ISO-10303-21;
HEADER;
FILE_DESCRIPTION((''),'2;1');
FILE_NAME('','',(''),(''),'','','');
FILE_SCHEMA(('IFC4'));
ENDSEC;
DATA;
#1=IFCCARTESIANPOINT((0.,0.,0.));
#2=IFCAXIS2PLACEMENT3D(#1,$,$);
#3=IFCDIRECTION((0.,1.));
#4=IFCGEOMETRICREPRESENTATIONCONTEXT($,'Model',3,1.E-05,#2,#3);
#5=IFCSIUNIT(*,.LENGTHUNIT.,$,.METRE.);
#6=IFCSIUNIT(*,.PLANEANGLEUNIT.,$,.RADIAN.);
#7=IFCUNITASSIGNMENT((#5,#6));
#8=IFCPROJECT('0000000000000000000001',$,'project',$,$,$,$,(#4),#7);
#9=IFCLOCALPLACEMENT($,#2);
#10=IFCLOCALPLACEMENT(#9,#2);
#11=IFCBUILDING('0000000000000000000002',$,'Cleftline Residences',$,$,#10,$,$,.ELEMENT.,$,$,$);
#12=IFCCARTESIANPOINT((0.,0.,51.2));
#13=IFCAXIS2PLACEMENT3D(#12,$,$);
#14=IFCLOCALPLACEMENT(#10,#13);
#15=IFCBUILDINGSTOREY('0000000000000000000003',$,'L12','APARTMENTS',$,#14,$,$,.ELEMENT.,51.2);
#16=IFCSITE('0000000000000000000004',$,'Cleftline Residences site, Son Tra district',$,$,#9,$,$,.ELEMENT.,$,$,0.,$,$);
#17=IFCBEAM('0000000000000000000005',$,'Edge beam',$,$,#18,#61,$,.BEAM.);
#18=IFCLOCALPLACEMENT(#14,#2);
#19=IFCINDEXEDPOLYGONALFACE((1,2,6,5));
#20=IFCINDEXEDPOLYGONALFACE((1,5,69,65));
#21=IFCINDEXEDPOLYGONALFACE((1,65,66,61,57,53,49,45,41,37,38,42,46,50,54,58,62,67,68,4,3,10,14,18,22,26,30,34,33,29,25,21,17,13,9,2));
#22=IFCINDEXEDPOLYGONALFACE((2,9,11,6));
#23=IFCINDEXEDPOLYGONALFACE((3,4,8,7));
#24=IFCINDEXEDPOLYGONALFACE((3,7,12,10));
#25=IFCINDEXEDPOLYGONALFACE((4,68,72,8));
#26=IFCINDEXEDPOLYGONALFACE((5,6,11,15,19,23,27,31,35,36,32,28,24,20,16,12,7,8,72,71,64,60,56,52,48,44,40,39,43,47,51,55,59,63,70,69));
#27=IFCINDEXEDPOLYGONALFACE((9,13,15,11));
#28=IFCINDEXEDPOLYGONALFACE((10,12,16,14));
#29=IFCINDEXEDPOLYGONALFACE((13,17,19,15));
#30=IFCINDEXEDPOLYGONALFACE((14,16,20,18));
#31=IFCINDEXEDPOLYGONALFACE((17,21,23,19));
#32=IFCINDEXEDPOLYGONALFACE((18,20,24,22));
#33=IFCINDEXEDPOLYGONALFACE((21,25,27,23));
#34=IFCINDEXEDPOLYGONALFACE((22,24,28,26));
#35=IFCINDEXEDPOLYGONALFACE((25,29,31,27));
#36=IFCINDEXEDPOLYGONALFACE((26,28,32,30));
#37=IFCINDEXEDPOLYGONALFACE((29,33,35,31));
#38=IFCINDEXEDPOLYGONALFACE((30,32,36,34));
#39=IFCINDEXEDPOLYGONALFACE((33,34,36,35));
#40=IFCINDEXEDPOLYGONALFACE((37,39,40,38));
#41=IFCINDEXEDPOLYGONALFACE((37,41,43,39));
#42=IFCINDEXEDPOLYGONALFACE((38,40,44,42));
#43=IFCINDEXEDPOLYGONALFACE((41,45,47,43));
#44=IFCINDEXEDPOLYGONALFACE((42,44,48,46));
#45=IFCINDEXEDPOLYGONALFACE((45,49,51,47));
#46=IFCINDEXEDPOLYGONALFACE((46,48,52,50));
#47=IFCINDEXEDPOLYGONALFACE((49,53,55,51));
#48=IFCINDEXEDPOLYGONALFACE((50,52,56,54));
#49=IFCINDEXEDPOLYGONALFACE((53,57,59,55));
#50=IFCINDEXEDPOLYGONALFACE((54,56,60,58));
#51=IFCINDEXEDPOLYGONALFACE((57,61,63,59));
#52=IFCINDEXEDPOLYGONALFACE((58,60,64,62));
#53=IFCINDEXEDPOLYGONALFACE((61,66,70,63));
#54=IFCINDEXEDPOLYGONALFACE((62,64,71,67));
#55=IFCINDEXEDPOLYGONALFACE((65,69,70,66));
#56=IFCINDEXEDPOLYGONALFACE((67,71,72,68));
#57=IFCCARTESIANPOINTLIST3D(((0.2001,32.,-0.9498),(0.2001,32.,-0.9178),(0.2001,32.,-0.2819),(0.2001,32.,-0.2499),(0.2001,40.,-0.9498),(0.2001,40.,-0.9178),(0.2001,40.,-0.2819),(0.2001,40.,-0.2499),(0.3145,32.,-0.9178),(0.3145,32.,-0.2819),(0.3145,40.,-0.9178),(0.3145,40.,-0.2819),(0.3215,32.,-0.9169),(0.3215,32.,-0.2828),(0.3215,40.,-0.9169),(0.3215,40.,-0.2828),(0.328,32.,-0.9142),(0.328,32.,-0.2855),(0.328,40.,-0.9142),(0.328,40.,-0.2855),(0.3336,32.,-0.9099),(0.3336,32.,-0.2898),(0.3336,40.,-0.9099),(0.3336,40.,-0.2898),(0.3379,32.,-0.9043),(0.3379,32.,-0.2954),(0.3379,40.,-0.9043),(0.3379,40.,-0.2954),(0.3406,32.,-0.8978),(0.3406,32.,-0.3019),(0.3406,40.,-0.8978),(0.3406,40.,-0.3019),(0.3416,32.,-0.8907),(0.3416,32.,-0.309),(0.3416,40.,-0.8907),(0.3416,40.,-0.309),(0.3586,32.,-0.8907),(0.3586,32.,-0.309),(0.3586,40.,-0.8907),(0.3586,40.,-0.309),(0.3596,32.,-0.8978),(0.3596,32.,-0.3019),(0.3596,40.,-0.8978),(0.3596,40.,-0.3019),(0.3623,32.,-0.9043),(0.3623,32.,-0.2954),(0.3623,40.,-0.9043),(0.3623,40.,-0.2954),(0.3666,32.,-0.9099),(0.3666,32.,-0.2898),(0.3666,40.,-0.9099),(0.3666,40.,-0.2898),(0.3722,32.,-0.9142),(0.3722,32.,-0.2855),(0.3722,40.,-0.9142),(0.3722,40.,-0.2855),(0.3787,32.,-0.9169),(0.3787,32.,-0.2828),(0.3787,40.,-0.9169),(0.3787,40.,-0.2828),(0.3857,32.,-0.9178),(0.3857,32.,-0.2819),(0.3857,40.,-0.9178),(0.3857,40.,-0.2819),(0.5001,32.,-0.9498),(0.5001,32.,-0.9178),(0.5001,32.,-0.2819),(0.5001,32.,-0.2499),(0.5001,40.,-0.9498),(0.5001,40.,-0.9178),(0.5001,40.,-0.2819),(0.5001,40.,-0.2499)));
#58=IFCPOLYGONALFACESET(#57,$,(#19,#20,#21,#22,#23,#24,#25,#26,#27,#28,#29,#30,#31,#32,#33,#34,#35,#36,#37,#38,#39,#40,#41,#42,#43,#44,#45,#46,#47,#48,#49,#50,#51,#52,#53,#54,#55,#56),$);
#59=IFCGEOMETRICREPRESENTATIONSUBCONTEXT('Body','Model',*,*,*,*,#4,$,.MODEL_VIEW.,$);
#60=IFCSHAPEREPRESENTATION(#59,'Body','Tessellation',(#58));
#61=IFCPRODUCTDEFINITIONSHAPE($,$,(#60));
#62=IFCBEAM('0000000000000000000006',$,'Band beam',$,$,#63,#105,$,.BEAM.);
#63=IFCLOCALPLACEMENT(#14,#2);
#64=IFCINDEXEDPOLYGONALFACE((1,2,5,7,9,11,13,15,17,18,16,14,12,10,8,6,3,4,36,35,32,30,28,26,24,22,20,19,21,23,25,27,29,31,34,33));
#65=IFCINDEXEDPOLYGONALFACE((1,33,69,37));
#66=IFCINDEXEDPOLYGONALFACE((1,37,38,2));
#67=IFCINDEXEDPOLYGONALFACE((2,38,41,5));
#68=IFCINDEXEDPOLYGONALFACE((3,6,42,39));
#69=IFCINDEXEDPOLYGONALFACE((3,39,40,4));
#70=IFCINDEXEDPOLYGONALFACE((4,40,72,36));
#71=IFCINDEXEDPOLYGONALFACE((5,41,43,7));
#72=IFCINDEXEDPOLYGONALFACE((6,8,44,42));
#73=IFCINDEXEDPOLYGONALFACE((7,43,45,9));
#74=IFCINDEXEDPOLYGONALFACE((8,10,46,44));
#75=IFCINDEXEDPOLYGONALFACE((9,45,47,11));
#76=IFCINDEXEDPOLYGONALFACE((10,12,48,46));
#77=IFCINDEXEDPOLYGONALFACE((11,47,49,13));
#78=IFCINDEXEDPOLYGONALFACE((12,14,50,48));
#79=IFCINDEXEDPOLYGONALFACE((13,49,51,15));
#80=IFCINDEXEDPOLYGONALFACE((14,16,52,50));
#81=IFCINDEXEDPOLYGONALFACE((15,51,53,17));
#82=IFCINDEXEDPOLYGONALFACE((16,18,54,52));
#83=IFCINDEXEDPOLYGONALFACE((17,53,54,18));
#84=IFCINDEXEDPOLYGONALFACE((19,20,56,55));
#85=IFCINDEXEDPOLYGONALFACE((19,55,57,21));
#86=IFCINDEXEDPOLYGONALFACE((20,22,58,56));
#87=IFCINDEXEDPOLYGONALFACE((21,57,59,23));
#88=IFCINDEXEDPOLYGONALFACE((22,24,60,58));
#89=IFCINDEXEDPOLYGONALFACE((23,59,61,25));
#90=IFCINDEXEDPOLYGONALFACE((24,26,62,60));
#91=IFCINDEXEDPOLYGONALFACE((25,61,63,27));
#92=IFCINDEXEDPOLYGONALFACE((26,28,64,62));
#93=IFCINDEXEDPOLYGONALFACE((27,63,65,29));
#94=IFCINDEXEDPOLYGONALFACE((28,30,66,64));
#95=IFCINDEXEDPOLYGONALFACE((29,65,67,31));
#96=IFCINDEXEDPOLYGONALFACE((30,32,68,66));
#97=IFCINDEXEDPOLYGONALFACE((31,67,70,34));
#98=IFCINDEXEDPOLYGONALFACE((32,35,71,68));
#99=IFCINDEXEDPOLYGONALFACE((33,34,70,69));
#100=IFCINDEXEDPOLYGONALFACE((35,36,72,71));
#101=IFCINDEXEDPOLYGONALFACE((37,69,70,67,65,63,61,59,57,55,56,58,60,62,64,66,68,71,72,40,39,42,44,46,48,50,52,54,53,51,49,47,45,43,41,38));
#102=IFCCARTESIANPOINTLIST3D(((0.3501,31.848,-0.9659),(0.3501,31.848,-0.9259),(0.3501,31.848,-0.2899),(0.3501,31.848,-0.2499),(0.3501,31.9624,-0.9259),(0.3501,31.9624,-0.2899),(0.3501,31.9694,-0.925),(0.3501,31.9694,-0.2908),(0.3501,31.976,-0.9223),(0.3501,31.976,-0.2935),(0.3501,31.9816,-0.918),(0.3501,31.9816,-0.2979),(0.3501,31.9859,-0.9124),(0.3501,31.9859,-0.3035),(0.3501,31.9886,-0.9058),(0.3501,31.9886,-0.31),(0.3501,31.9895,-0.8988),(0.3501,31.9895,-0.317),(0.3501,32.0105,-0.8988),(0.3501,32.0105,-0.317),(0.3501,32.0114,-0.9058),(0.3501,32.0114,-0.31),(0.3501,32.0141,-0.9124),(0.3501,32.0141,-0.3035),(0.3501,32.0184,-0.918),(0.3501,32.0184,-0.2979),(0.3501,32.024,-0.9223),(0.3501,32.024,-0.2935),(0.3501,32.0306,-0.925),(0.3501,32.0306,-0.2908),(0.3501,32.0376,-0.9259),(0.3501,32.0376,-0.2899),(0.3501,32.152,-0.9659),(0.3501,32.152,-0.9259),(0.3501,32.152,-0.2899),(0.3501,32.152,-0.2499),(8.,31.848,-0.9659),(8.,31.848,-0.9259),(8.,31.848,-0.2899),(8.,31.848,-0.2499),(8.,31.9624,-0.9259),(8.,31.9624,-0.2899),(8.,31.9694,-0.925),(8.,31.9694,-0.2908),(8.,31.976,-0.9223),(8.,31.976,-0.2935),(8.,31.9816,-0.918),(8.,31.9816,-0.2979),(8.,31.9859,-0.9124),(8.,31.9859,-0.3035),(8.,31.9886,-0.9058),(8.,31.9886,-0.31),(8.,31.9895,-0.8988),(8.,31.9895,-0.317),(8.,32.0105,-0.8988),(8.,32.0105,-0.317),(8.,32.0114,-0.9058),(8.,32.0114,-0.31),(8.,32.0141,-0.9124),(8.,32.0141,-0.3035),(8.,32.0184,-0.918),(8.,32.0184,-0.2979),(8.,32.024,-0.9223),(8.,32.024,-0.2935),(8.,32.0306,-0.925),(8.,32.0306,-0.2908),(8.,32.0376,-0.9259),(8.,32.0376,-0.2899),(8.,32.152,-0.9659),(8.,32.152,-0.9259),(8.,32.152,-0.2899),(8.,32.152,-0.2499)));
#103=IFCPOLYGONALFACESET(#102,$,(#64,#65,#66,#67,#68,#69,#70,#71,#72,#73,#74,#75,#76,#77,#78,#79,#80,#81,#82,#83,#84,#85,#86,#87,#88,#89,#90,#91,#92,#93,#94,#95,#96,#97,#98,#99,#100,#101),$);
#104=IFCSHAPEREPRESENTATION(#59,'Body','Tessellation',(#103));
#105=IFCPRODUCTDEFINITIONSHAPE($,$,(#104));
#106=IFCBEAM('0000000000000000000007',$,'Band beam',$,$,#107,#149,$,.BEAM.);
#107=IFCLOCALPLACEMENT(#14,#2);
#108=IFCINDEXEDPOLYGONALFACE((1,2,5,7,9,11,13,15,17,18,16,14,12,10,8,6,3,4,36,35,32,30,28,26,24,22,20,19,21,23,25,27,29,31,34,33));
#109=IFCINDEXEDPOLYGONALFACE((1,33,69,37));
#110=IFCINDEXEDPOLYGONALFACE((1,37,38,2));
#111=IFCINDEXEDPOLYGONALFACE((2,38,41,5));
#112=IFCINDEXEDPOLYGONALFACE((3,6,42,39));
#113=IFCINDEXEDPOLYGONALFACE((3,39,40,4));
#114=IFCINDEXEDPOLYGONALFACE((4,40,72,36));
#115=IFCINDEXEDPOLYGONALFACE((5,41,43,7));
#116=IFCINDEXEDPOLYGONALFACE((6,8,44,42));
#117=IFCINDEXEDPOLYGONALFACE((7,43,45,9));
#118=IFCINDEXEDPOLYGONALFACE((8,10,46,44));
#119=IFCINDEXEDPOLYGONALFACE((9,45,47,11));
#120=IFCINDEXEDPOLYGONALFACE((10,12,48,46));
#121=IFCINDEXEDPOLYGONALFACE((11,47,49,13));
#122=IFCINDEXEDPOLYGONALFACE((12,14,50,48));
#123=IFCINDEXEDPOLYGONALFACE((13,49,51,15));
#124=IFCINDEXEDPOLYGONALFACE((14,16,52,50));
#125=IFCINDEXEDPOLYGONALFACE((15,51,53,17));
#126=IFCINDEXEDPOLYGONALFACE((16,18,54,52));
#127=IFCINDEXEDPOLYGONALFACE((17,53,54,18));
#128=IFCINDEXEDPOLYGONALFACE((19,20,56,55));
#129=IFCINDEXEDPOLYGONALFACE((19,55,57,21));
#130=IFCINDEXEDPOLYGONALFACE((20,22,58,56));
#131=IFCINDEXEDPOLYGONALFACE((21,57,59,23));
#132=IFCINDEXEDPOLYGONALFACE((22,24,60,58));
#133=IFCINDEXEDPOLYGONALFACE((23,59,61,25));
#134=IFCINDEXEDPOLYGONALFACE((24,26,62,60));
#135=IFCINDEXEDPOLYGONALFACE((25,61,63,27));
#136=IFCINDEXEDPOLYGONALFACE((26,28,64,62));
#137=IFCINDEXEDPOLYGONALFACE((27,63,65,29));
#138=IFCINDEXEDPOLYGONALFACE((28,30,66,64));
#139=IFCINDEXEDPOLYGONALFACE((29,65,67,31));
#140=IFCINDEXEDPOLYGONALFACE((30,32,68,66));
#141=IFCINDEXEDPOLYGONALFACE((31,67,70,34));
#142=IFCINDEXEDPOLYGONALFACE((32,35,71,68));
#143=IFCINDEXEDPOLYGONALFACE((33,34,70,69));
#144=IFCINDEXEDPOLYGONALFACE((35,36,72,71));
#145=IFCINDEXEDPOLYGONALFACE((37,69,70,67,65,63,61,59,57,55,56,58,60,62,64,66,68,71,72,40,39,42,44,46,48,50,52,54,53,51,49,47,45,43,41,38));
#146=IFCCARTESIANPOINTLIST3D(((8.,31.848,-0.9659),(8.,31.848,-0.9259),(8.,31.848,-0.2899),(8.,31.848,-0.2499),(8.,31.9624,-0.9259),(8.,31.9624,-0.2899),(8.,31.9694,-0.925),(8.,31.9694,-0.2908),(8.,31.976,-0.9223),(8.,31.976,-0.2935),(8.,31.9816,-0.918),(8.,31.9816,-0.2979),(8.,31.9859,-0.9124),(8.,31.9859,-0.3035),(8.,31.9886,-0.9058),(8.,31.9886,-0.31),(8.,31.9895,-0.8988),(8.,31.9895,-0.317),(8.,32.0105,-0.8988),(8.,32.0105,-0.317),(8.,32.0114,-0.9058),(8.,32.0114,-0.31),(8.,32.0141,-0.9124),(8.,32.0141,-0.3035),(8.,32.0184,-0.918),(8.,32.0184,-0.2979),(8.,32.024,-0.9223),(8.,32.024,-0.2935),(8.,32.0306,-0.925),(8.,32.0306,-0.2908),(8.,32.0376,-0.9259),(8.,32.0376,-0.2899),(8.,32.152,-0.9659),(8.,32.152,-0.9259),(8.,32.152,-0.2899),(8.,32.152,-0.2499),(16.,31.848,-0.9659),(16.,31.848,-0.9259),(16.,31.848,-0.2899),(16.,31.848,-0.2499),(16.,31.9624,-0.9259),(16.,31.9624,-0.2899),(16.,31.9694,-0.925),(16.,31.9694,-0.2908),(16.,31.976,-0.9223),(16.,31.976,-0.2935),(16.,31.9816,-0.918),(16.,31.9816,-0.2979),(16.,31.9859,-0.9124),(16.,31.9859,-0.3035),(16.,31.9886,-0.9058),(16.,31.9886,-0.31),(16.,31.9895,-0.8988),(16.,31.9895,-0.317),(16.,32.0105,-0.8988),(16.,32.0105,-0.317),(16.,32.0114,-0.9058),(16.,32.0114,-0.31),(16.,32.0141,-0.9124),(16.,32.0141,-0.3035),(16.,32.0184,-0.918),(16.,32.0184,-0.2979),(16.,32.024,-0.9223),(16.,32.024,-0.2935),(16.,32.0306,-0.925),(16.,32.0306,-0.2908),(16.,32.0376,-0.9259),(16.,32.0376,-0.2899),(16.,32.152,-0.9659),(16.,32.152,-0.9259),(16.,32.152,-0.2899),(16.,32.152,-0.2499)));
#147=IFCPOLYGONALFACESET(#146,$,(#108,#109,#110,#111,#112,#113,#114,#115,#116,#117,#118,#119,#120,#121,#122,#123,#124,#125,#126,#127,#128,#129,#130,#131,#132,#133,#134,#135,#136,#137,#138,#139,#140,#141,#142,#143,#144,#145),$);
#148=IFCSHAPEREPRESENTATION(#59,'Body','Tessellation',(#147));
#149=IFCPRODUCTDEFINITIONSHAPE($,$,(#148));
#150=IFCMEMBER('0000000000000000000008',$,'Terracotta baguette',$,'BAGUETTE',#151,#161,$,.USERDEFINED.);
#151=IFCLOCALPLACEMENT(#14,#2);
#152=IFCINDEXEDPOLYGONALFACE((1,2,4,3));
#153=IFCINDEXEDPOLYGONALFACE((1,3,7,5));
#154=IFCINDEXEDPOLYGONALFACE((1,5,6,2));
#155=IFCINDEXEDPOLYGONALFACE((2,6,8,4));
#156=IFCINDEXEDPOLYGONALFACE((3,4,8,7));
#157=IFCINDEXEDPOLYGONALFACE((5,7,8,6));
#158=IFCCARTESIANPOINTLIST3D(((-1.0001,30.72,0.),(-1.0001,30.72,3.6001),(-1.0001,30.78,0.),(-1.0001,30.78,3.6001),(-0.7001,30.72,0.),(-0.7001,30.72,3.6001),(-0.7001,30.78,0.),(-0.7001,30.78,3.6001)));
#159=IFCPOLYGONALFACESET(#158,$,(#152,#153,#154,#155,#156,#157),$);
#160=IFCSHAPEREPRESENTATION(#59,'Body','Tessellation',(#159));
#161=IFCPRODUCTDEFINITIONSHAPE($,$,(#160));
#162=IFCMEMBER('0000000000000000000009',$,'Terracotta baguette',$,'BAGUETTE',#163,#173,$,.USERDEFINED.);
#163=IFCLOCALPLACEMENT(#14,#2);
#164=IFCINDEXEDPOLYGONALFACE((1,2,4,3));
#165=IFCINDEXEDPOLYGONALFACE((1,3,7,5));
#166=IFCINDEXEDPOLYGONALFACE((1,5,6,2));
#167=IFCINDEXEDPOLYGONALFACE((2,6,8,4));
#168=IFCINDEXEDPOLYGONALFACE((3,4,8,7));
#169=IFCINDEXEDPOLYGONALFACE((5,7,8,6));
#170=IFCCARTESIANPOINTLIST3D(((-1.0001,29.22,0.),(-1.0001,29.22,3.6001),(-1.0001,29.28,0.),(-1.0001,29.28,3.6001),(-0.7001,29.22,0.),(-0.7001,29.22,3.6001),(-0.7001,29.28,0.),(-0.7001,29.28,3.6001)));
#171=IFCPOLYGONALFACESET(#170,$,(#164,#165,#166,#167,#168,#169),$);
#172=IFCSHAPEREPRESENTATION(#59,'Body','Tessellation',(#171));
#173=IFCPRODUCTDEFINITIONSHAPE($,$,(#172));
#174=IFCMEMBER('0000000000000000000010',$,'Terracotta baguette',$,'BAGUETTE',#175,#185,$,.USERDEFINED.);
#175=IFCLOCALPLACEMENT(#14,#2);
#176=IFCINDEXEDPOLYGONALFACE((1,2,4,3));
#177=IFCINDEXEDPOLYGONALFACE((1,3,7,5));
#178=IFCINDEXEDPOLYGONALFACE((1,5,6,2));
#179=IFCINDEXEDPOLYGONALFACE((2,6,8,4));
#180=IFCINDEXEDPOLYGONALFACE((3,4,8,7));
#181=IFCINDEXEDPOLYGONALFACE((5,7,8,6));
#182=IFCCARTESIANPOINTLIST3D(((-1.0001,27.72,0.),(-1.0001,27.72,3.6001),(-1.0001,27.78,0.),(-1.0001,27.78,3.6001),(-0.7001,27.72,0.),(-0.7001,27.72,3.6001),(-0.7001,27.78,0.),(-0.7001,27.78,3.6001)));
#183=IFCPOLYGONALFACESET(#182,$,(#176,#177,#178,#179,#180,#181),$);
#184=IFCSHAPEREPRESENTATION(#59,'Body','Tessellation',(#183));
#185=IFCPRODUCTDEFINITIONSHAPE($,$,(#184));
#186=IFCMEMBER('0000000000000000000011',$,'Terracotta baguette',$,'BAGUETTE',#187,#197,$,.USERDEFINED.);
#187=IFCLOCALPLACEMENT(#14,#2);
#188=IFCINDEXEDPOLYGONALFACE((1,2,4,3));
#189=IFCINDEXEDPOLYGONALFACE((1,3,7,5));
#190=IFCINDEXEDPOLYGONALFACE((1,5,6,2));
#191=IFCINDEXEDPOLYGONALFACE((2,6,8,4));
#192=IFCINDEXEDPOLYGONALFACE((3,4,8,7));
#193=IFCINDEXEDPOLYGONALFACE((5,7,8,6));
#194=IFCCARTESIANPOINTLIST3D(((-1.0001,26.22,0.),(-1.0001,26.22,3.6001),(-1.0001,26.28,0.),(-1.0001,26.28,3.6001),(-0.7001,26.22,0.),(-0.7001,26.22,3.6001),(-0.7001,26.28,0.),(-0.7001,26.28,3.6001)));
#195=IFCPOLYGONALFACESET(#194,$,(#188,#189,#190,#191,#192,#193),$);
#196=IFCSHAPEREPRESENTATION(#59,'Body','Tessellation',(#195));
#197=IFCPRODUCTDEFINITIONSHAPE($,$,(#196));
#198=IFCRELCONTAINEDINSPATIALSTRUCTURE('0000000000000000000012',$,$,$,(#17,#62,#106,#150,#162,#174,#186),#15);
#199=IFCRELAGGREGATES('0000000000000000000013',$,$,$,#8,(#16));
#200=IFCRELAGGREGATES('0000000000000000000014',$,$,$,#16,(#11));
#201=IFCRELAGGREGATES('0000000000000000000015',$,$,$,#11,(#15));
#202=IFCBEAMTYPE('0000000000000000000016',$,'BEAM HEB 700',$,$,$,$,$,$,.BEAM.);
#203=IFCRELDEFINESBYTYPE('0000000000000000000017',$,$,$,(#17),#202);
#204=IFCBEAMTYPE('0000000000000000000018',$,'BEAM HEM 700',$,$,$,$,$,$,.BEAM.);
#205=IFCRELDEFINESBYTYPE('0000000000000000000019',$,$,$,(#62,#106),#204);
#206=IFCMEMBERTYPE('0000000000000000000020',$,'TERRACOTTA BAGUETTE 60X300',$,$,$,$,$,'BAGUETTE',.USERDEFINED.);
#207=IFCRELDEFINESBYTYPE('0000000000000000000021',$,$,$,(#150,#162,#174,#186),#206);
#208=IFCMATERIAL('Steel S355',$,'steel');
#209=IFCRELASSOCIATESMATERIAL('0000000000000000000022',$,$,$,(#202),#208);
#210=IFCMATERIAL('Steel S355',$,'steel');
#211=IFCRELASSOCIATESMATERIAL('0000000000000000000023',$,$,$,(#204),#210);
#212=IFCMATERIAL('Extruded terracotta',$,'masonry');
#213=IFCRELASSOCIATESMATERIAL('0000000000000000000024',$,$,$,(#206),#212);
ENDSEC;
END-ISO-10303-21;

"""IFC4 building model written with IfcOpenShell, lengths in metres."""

from ifc_helpers import new_model, si_unit, direction, frame, origin, origin_2d, place, context, subcontext, project, spatial, rectangle, i_section, extrude, material, material_profile, profile_set, type_object, element, save


model = new_model("IFC4")

# Units and contexts
model_context = context("Model", 3, precision=1e-05, world=origin(), true_north=direction((0.0, 1.0)))
body_context = subcontext(model_context, "Body", "Model", "MODEL_VIEW")
ifc_project = project(units=[si_unit("LENGTHUNIT", "METRE"), si_unit("PLANEANGLEUNIT", "RADIAN")], contexts=[model_context])

# Site, building, storey
site_placement = place(None, origin())
site = spatial("IfcSite", under=ifc_project, at=site_placement, Name="Cleftline Residences site, Son Tra district", CompositionType="ELEMENT", RefElevation=0.0)
building_placement = place(site_placement, origin())
building = spatial("IfcBuilding", under=site, at=building_placement, Name="Cleftline Residences", CompositionType="ELEMENT")
storey_placement = place(building_placement, frame((0.0, 0.0, 51.2)))
storey = spatial("IfcBuildingStorey", under=building, at=storey_placement, Name="L12", Description="APARTMENTS", CompositionType="ELEMENT", Elevation=51.2)

# Beams
ifc_material_1 = material(Name="Steel S355", Category="steel")
ifc_material_profile_1 = material_profile(ifc_material_1, i_section(OverallWidth=0.3, OverallDepth=0.7, WebThickness=0.0171, FlangeThickness=0.032, FilletRadius=0.0271, at=origin_2d()))
ifc_profile_set_1 = profile_set([ifc_material_profile_1], Name="Steel S355")
beam_type_1 = type_object("IfcBeamType", Name="BEAM HEB 700", PredefinedType="BEAM", material=ifc_profile_set_1)
for number, where, z_axis, x_axis, name in (
    (1, (0.3501, 32.0, -0.5999), (0.0, 1.0, 0.0), (-1.0, 0.0, 0.0), "Edge beam"),
):
    element("IfcBeam", number, at=place(storey_placement, frame(where, z_axis=z_axis, x_axis=x_axis)), inside=storey, type_object=beam_type_1, Name=name, PredefinedType="BEAM", context=body_context, shape_type="SweptSolid", body=[
        extrude(i_section(OverallWidth=0.3, OverallDepth=0.7, WebThickness=0.0171, FlangeThickness=0.032, FilletRadius=0.0271, at=origin_2d()), origin(), (0.0, 0.0, 1.0), 8.0),
    ])
ifc_material_2 = material(Name="Steel S355", Category="steel")
ifc_material_profile_2 = material_profile(ifc_material_2, i_section(OverallWidth=0.304, OverallDepth=0.7161, WebThickness=0.021, FlangeThickness=0.04, FilletRadius=0.0271, at=origin_2d()))
ifc_profile_set_2 = profile_set([ifc_material_profile_2], Name="Steel S355")
beam_type_2 = type_object("IfcBeamType", Name="BEAM HEM 700", PredefinedType="BEAM", material=ifc_profile_set_2)
beam_1_placement = place(storey_placement, frame((0.3501, 32.0, -0.6079), z_axis=(1.0, 0.0, 0.0), x_axis=(0.0, 1.0, 0.0)))
element("IfcBeam", 2, at=beam_1_placement, inside=storey, type_object=beam_type_2, Name="Band beam", PredefinedType="BEAM", context=body_context, shape_type="SweptSolid", body=[
    extrude(i_section(OverallWidth=0.304, OverallDepth=0.7161, WebThickness=0.021, FlangeThickness=0.04, FilletRadius=0.0271, at=origin_2d()), origin(), (0.0, 0.0, 1.0), 7.6499),
])
beam_2_placement = place(storey_placement, frame((8.0, 32.0, -0.6079), z_axis=(1.0, 0.0, 0.0), x_axis=(0.0, 1.0, 0.0)))
element("IfcBeam", 3, at=beam_2_placement, inside=storey, type_object=beam_type_2, Name="Band beam", PredefinedType="BEAM", context=body_context, shape_type="SweptSolid", body=[
    extrude(i_section(OverallWidth=0.304, OverallDepth=0.7161, WebThickness=0.021, FlangeThickness=0.04, FilletRadius=0.0271, at=origin_2d()), origin(), (0.0, 0.0, 1.0), 8.0),
])

# Members
ifc_material_3 = material(Name="Extruded terracotta", Category="masonry")
ifc_material_profile_3 = material_profile(ifc_material_3, rectangle(XDim=0.0601, YDim=0.3, at=origin_2d()))
ifc_profile_set_3 = profile_set([ifc_material_profile_3], Name="Extruded terracotta")
member_type_1 = type_object("IfcMemberType", Name="TERRACOTTA BAGUETTE 60X300", ElementType="BAGUETTE", PredefinedType="USERDEFINED", material=ifc_profile_set_3)
for number, where, z_axis, x_axis, name in (
    (4, (-0.8501, 30.75, 0.0), (0.0, 0.0, 1.0), (0.0, 1.0, 0.0), "Terracotta baguette"),
    (5, (-0.8501, 29.25, 0.0), (0.0, 0.0, 1.0), (0.0, 1.0, 0.0), "Terracotta baguette"),
    (6, (-0.8501, 27.75, 0.0), (0.0, 0.0, 1.0), (0.0, 1.0, 0.0), "Terracotta baguette"),
    (7, (-0.8501, 26.25, 0.0), (0.0, 0.0, 1.0), (0.0, 1.0, 0.0), "Terracotta baguette"),
):
    element("IfcMember", number, at=place(storey_placement, frame(where, z_axis=z_axis, x_axis=x_axis)), inside=storey, type_object=member_type_1, Name=name, ObjectType="BAGUETTE", PredefinedType="USERDEFINED", context=body_context, shape_type="SweptSolid", body=[
        extrude(rectangle(XDim=0.0601, YDim=0.3, at=origin_2d()), origin(), (0.0, 0.0, 1.0), 3.6001),
    ])

save(model, "model.ifc")
